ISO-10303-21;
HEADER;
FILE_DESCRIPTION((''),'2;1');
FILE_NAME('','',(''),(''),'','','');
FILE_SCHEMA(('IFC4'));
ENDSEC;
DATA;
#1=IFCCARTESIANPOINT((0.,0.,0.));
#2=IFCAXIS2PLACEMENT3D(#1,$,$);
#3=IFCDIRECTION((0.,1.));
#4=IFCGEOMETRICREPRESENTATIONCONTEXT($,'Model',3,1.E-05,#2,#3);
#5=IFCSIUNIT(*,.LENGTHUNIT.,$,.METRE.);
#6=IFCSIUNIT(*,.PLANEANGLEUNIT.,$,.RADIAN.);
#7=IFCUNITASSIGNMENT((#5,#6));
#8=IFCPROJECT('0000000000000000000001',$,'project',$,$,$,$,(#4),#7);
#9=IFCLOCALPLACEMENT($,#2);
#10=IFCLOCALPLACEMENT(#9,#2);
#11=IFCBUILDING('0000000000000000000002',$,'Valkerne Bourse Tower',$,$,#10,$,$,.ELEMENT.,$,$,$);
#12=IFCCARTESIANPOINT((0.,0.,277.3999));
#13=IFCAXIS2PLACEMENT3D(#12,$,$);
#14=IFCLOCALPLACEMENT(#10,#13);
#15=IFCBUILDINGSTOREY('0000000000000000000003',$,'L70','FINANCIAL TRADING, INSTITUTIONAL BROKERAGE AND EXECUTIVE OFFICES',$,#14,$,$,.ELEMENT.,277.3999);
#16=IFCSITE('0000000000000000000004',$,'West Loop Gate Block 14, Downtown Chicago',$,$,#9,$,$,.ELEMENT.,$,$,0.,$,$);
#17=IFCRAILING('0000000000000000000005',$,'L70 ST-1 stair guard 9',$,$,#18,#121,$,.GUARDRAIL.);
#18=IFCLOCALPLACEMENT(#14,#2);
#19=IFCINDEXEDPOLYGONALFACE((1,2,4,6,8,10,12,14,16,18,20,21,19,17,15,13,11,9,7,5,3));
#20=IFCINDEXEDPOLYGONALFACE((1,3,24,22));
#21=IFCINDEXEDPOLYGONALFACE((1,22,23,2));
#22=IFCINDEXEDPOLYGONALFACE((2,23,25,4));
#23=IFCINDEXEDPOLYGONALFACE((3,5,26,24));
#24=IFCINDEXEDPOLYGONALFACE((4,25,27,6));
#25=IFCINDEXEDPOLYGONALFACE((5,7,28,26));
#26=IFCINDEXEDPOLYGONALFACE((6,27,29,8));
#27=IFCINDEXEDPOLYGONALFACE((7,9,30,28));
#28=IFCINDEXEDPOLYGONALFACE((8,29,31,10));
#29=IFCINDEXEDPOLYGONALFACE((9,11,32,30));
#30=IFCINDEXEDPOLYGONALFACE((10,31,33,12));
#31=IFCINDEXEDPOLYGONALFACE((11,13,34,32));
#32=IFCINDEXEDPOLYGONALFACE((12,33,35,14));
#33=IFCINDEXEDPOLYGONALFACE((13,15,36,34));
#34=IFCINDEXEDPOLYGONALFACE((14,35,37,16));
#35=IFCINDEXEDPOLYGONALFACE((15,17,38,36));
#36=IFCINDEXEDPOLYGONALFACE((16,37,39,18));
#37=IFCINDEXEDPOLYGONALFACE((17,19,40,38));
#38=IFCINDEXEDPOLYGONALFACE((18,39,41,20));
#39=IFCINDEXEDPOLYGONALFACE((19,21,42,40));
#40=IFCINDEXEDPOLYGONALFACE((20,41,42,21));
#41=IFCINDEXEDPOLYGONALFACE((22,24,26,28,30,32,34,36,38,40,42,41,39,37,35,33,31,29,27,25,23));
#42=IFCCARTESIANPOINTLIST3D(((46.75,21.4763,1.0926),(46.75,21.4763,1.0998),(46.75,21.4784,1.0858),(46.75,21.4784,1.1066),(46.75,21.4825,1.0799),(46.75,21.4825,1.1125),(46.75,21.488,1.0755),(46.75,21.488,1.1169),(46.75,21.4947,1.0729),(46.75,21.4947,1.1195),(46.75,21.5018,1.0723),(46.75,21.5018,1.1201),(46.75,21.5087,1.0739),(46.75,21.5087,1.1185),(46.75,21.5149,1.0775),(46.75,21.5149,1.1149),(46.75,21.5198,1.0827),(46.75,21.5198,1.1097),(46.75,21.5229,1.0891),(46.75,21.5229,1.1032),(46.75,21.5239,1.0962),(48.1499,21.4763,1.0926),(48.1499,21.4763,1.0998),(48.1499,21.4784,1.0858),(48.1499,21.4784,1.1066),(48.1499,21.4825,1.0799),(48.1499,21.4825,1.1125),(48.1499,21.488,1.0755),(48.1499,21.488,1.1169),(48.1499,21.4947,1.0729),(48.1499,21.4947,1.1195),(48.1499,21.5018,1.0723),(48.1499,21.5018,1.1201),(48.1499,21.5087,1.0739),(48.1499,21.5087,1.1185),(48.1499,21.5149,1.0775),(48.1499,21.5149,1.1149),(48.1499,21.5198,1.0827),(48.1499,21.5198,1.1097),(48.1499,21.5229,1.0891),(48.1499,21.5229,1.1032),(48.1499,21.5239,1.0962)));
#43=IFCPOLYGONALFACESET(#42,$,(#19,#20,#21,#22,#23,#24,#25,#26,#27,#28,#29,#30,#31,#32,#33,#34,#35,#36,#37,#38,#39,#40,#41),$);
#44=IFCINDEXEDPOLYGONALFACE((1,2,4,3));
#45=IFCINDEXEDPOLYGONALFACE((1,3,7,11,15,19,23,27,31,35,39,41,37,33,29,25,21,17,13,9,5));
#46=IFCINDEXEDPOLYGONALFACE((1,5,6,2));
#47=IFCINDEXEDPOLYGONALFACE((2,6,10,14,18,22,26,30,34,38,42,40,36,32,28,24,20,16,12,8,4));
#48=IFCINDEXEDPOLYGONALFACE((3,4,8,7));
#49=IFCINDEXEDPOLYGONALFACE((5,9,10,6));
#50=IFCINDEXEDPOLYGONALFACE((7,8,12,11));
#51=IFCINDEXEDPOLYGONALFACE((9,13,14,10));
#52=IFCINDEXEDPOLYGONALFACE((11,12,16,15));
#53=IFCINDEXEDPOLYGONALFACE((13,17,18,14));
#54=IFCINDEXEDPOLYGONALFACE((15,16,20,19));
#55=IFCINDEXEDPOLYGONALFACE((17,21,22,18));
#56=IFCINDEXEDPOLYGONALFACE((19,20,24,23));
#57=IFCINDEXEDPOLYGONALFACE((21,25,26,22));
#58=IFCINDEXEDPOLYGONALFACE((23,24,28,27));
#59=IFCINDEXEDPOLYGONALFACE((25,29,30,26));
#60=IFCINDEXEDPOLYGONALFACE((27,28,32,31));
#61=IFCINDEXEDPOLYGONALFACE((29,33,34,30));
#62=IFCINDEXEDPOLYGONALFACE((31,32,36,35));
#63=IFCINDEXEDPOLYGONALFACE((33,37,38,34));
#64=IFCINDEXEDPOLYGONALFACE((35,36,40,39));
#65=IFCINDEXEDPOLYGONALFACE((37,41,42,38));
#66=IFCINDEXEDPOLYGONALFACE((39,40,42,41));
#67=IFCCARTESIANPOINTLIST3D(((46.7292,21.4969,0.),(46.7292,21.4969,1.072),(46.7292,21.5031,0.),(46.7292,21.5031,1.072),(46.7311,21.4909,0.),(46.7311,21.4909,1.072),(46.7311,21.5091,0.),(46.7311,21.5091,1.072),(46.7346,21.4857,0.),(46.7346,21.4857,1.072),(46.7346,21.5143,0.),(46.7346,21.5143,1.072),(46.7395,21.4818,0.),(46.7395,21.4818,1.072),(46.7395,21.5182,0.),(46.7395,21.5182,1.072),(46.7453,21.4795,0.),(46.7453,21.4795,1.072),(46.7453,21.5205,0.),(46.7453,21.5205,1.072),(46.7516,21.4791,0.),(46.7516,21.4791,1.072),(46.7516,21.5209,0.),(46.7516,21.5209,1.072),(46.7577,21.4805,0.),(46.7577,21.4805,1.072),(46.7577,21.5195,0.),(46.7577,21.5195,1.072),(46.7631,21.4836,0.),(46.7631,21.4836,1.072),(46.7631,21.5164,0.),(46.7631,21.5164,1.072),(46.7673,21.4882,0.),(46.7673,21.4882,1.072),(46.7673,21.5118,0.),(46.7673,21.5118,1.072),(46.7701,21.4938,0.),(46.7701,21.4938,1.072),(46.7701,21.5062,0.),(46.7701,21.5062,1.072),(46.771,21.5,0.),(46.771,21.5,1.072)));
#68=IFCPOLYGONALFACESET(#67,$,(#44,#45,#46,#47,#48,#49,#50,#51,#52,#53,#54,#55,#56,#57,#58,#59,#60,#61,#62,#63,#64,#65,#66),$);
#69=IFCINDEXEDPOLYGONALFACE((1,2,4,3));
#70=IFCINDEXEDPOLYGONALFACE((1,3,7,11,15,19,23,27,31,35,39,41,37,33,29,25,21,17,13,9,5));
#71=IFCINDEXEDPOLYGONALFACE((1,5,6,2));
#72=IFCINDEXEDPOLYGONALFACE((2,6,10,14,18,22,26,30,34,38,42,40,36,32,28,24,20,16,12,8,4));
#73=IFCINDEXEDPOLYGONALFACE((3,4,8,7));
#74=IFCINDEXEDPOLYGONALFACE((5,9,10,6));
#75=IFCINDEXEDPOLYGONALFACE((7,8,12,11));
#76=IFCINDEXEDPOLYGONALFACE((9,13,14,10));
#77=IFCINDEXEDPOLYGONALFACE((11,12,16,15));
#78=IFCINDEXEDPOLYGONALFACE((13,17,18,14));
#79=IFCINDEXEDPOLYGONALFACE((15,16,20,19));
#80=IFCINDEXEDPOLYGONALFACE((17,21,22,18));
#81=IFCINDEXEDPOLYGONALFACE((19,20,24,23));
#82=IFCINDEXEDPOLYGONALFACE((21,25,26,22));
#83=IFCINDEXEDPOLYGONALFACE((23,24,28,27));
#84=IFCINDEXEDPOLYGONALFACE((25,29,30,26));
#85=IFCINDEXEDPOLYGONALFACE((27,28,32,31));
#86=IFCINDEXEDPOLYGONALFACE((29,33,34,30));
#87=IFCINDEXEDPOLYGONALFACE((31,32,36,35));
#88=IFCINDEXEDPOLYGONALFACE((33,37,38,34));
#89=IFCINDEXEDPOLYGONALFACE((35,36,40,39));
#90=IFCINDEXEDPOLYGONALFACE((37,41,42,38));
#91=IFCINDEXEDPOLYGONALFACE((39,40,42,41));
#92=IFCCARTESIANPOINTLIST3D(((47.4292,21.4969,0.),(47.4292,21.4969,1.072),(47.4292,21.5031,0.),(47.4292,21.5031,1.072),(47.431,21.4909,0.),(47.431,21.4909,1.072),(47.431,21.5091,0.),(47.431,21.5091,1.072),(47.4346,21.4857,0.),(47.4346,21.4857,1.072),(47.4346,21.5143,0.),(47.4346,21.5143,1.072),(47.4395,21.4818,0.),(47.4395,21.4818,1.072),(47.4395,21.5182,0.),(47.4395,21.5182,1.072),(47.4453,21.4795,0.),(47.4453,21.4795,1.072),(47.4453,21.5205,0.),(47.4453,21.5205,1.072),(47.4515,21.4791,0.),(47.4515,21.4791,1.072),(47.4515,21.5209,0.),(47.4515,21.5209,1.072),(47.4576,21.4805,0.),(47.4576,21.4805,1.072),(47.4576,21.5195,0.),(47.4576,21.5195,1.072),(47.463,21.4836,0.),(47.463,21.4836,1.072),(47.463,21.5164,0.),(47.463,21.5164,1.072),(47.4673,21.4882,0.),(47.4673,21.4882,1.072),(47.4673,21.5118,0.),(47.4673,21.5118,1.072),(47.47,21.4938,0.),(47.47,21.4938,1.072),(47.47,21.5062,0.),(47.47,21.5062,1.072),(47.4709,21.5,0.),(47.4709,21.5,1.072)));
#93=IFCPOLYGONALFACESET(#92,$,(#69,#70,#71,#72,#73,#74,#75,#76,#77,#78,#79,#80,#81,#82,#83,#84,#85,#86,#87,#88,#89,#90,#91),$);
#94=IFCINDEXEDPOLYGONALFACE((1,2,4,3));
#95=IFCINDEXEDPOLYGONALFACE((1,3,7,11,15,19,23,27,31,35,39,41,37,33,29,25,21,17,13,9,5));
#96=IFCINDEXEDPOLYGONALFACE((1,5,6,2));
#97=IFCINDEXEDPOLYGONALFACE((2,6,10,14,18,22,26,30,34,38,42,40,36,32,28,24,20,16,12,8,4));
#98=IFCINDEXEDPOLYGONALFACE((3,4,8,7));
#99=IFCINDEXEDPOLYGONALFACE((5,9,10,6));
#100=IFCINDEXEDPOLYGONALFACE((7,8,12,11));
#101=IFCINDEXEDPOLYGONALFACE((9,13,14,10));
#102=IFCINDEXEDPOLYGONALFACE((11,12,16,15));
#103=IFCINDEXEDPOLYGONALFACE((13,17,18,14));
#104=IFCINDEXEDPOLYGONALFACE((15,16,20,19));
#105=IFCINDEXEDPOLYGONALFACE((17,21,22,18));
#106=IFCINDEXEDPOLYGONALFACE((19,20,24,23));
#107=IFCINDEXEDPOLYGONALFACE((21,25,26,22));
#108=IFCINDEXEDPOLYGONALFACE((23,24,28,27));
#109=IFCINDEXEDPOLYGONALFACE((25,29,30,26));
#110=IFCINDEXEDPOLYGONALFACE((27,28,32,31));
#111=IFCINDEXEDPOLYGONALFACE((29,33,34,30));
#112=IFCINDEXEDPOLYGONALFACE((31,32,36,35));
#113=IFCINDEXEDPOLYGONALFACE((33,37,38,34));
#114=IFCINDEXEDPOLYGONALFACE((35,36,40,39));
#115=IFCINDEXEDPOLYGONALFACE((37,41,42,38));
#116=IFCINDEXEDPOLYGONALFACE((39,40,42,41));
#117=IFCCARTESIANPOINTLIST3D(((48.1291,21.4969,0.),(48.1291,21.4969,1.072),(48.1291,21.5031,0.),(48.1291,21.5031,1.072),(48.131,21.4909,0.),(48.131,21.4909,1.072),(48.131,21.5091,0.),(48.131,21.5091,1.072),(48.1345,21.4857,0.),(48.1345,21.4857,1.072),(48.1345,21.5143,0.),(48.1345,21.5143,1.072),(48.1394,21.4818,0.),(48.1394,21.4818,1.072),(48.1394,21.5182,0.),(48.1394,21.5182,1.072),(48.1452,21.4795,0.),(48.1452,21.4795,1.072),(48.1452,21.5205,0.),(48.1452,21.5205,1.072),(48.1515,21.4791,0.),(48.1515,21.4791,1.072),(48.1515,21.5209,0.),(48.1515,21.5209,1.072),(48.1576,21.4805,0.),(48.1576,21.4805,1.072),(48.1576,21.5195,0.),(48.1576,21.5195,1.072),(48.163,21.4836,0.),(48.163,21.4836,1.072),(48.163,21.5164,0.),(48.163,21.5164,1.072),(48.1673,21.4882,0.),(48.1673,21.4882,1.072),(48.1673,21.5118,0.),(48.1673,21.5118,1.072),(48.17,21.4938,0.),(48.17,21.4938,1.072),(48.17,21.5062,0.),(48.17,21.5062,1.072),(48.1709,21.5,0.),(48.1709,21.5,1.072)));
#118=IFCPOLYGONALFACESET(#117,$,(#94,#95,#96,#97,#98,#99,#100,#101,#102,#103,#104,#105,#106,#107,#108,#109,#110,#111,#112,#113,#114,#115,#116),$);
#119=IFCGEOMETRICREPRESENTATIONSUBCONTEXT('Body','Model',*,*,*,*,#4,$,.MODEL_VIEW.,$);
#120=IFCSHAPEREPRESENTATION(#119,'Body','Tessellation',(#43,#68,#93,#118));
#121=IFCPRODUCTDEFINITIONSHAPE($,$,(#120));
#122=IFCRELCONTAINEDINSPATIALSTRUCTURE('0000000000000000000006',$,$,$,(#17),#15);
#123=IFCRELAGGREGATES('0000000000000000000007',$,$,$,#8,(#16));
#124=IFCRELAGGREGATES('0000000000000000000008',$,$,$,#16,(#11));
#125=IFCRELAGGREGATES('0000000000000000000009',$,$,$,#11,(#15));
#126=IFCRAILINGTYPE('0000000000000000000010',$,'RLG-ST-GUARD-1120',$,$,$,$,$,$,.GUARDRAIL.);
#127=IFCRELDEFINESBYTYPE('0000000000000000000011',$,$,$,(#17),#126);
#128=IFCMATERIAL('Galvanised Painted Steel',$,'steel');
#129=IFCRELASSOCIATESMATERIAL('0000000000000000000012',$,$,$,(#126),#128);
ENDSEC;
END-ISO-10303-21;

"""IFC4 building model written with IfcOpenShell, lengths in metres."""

from ifc_helpers import new_model, si_unit, direction, frame, origin, origin_2d, place, context, subcontext, project, spatial, circle, extrude, material, type_object, element, save


model = new_model("IFC4")

# Units and contexts
model_context = context("Model", 3, precision=1e-05, world=origin(), true_north=direction((0.0, 1.0)))
body_context = subcontext(model_context, "Body", "Model", "MODEL_VIEW")
ifc_project = project(units=[si_unit("LENGTHUNIT", "METRE"), si_unit("PLANEANGLEUNIT", "RADIAN")], contexts=[model_context])

# Site, building, storey
site_placement = place(None, origin())
site = spatial("IfcSite", under=ifc_project, at=site_placement, Name="West Loop Gate Block 14, Downtown Chicago", CompositionType="ELEMENT", RefElevation=0.0)
building_placement = place(site_placement, origin())
building = spatial("IfcBuilding", under=site, at=building_placement, Name="Valkerne Bourse Tower", CompositionType="ELEMENT")
storey_placement = place(building_placement, frame((0.0, 0.0, 277.3999)))
storey = spatial("IfcBuildingStorey", under=building, at=storey_placement, Name="L70", Description="FINANCIAL TRADING, INSTITUTIONAL BROKERAGE AND EXECUTIVE OFFICES", CompositionType="ELEMENT", Elevation=277.3999)

# Shared definitions
ifc_material_1 = material(Name="Galvanised Painted Steel", Category="steel")

# Railing
railing_type_1 = type_object("IfcRailingType", Name="RLG-ST-GUARD-1120", PredefinedType="GUARDRAIL", material=ifc_material_1)
for number, where, name in (
    (1, (46.75, 21.5, 0.0), "L70 ST-1 stair guard 9"),
):
    element("IfcRailing", number, at=place(storey_placement, frame(where)), inside=storey, type_object=railing_type_1, Name=name, PredefinedType="GUARDRAIL", context=body_context, shape_type="SweptSolid", body=[
        extrude(circle(Radius=0.0239, at=origin_2d()), frame((0.0, 0.0, 1.0962), z_axis=(1.0, 0.0, 0.0), x_axis=(0.0, 1.0, 0.0)), (0.0, 0.0, 1.0), 1.3999),
        extrude(circle(Radius=0.021, at=origin_2d()), origin(), (0.0, 0.0, 1.0), 1.072),
        extrude(circle(Radius=0.021, at=origin_2d()), frame((0.7, 0.0, 0.0)), (0.0, 0.0, 1.0), 1.072),
        extrude(circle(Radius=0.021, at=origin_2d()), frame((1.3999, 0.0, 0.0)), (0.0, 0.0, 1.0), 1.072),
    ])

save(model, "model.ifc")
